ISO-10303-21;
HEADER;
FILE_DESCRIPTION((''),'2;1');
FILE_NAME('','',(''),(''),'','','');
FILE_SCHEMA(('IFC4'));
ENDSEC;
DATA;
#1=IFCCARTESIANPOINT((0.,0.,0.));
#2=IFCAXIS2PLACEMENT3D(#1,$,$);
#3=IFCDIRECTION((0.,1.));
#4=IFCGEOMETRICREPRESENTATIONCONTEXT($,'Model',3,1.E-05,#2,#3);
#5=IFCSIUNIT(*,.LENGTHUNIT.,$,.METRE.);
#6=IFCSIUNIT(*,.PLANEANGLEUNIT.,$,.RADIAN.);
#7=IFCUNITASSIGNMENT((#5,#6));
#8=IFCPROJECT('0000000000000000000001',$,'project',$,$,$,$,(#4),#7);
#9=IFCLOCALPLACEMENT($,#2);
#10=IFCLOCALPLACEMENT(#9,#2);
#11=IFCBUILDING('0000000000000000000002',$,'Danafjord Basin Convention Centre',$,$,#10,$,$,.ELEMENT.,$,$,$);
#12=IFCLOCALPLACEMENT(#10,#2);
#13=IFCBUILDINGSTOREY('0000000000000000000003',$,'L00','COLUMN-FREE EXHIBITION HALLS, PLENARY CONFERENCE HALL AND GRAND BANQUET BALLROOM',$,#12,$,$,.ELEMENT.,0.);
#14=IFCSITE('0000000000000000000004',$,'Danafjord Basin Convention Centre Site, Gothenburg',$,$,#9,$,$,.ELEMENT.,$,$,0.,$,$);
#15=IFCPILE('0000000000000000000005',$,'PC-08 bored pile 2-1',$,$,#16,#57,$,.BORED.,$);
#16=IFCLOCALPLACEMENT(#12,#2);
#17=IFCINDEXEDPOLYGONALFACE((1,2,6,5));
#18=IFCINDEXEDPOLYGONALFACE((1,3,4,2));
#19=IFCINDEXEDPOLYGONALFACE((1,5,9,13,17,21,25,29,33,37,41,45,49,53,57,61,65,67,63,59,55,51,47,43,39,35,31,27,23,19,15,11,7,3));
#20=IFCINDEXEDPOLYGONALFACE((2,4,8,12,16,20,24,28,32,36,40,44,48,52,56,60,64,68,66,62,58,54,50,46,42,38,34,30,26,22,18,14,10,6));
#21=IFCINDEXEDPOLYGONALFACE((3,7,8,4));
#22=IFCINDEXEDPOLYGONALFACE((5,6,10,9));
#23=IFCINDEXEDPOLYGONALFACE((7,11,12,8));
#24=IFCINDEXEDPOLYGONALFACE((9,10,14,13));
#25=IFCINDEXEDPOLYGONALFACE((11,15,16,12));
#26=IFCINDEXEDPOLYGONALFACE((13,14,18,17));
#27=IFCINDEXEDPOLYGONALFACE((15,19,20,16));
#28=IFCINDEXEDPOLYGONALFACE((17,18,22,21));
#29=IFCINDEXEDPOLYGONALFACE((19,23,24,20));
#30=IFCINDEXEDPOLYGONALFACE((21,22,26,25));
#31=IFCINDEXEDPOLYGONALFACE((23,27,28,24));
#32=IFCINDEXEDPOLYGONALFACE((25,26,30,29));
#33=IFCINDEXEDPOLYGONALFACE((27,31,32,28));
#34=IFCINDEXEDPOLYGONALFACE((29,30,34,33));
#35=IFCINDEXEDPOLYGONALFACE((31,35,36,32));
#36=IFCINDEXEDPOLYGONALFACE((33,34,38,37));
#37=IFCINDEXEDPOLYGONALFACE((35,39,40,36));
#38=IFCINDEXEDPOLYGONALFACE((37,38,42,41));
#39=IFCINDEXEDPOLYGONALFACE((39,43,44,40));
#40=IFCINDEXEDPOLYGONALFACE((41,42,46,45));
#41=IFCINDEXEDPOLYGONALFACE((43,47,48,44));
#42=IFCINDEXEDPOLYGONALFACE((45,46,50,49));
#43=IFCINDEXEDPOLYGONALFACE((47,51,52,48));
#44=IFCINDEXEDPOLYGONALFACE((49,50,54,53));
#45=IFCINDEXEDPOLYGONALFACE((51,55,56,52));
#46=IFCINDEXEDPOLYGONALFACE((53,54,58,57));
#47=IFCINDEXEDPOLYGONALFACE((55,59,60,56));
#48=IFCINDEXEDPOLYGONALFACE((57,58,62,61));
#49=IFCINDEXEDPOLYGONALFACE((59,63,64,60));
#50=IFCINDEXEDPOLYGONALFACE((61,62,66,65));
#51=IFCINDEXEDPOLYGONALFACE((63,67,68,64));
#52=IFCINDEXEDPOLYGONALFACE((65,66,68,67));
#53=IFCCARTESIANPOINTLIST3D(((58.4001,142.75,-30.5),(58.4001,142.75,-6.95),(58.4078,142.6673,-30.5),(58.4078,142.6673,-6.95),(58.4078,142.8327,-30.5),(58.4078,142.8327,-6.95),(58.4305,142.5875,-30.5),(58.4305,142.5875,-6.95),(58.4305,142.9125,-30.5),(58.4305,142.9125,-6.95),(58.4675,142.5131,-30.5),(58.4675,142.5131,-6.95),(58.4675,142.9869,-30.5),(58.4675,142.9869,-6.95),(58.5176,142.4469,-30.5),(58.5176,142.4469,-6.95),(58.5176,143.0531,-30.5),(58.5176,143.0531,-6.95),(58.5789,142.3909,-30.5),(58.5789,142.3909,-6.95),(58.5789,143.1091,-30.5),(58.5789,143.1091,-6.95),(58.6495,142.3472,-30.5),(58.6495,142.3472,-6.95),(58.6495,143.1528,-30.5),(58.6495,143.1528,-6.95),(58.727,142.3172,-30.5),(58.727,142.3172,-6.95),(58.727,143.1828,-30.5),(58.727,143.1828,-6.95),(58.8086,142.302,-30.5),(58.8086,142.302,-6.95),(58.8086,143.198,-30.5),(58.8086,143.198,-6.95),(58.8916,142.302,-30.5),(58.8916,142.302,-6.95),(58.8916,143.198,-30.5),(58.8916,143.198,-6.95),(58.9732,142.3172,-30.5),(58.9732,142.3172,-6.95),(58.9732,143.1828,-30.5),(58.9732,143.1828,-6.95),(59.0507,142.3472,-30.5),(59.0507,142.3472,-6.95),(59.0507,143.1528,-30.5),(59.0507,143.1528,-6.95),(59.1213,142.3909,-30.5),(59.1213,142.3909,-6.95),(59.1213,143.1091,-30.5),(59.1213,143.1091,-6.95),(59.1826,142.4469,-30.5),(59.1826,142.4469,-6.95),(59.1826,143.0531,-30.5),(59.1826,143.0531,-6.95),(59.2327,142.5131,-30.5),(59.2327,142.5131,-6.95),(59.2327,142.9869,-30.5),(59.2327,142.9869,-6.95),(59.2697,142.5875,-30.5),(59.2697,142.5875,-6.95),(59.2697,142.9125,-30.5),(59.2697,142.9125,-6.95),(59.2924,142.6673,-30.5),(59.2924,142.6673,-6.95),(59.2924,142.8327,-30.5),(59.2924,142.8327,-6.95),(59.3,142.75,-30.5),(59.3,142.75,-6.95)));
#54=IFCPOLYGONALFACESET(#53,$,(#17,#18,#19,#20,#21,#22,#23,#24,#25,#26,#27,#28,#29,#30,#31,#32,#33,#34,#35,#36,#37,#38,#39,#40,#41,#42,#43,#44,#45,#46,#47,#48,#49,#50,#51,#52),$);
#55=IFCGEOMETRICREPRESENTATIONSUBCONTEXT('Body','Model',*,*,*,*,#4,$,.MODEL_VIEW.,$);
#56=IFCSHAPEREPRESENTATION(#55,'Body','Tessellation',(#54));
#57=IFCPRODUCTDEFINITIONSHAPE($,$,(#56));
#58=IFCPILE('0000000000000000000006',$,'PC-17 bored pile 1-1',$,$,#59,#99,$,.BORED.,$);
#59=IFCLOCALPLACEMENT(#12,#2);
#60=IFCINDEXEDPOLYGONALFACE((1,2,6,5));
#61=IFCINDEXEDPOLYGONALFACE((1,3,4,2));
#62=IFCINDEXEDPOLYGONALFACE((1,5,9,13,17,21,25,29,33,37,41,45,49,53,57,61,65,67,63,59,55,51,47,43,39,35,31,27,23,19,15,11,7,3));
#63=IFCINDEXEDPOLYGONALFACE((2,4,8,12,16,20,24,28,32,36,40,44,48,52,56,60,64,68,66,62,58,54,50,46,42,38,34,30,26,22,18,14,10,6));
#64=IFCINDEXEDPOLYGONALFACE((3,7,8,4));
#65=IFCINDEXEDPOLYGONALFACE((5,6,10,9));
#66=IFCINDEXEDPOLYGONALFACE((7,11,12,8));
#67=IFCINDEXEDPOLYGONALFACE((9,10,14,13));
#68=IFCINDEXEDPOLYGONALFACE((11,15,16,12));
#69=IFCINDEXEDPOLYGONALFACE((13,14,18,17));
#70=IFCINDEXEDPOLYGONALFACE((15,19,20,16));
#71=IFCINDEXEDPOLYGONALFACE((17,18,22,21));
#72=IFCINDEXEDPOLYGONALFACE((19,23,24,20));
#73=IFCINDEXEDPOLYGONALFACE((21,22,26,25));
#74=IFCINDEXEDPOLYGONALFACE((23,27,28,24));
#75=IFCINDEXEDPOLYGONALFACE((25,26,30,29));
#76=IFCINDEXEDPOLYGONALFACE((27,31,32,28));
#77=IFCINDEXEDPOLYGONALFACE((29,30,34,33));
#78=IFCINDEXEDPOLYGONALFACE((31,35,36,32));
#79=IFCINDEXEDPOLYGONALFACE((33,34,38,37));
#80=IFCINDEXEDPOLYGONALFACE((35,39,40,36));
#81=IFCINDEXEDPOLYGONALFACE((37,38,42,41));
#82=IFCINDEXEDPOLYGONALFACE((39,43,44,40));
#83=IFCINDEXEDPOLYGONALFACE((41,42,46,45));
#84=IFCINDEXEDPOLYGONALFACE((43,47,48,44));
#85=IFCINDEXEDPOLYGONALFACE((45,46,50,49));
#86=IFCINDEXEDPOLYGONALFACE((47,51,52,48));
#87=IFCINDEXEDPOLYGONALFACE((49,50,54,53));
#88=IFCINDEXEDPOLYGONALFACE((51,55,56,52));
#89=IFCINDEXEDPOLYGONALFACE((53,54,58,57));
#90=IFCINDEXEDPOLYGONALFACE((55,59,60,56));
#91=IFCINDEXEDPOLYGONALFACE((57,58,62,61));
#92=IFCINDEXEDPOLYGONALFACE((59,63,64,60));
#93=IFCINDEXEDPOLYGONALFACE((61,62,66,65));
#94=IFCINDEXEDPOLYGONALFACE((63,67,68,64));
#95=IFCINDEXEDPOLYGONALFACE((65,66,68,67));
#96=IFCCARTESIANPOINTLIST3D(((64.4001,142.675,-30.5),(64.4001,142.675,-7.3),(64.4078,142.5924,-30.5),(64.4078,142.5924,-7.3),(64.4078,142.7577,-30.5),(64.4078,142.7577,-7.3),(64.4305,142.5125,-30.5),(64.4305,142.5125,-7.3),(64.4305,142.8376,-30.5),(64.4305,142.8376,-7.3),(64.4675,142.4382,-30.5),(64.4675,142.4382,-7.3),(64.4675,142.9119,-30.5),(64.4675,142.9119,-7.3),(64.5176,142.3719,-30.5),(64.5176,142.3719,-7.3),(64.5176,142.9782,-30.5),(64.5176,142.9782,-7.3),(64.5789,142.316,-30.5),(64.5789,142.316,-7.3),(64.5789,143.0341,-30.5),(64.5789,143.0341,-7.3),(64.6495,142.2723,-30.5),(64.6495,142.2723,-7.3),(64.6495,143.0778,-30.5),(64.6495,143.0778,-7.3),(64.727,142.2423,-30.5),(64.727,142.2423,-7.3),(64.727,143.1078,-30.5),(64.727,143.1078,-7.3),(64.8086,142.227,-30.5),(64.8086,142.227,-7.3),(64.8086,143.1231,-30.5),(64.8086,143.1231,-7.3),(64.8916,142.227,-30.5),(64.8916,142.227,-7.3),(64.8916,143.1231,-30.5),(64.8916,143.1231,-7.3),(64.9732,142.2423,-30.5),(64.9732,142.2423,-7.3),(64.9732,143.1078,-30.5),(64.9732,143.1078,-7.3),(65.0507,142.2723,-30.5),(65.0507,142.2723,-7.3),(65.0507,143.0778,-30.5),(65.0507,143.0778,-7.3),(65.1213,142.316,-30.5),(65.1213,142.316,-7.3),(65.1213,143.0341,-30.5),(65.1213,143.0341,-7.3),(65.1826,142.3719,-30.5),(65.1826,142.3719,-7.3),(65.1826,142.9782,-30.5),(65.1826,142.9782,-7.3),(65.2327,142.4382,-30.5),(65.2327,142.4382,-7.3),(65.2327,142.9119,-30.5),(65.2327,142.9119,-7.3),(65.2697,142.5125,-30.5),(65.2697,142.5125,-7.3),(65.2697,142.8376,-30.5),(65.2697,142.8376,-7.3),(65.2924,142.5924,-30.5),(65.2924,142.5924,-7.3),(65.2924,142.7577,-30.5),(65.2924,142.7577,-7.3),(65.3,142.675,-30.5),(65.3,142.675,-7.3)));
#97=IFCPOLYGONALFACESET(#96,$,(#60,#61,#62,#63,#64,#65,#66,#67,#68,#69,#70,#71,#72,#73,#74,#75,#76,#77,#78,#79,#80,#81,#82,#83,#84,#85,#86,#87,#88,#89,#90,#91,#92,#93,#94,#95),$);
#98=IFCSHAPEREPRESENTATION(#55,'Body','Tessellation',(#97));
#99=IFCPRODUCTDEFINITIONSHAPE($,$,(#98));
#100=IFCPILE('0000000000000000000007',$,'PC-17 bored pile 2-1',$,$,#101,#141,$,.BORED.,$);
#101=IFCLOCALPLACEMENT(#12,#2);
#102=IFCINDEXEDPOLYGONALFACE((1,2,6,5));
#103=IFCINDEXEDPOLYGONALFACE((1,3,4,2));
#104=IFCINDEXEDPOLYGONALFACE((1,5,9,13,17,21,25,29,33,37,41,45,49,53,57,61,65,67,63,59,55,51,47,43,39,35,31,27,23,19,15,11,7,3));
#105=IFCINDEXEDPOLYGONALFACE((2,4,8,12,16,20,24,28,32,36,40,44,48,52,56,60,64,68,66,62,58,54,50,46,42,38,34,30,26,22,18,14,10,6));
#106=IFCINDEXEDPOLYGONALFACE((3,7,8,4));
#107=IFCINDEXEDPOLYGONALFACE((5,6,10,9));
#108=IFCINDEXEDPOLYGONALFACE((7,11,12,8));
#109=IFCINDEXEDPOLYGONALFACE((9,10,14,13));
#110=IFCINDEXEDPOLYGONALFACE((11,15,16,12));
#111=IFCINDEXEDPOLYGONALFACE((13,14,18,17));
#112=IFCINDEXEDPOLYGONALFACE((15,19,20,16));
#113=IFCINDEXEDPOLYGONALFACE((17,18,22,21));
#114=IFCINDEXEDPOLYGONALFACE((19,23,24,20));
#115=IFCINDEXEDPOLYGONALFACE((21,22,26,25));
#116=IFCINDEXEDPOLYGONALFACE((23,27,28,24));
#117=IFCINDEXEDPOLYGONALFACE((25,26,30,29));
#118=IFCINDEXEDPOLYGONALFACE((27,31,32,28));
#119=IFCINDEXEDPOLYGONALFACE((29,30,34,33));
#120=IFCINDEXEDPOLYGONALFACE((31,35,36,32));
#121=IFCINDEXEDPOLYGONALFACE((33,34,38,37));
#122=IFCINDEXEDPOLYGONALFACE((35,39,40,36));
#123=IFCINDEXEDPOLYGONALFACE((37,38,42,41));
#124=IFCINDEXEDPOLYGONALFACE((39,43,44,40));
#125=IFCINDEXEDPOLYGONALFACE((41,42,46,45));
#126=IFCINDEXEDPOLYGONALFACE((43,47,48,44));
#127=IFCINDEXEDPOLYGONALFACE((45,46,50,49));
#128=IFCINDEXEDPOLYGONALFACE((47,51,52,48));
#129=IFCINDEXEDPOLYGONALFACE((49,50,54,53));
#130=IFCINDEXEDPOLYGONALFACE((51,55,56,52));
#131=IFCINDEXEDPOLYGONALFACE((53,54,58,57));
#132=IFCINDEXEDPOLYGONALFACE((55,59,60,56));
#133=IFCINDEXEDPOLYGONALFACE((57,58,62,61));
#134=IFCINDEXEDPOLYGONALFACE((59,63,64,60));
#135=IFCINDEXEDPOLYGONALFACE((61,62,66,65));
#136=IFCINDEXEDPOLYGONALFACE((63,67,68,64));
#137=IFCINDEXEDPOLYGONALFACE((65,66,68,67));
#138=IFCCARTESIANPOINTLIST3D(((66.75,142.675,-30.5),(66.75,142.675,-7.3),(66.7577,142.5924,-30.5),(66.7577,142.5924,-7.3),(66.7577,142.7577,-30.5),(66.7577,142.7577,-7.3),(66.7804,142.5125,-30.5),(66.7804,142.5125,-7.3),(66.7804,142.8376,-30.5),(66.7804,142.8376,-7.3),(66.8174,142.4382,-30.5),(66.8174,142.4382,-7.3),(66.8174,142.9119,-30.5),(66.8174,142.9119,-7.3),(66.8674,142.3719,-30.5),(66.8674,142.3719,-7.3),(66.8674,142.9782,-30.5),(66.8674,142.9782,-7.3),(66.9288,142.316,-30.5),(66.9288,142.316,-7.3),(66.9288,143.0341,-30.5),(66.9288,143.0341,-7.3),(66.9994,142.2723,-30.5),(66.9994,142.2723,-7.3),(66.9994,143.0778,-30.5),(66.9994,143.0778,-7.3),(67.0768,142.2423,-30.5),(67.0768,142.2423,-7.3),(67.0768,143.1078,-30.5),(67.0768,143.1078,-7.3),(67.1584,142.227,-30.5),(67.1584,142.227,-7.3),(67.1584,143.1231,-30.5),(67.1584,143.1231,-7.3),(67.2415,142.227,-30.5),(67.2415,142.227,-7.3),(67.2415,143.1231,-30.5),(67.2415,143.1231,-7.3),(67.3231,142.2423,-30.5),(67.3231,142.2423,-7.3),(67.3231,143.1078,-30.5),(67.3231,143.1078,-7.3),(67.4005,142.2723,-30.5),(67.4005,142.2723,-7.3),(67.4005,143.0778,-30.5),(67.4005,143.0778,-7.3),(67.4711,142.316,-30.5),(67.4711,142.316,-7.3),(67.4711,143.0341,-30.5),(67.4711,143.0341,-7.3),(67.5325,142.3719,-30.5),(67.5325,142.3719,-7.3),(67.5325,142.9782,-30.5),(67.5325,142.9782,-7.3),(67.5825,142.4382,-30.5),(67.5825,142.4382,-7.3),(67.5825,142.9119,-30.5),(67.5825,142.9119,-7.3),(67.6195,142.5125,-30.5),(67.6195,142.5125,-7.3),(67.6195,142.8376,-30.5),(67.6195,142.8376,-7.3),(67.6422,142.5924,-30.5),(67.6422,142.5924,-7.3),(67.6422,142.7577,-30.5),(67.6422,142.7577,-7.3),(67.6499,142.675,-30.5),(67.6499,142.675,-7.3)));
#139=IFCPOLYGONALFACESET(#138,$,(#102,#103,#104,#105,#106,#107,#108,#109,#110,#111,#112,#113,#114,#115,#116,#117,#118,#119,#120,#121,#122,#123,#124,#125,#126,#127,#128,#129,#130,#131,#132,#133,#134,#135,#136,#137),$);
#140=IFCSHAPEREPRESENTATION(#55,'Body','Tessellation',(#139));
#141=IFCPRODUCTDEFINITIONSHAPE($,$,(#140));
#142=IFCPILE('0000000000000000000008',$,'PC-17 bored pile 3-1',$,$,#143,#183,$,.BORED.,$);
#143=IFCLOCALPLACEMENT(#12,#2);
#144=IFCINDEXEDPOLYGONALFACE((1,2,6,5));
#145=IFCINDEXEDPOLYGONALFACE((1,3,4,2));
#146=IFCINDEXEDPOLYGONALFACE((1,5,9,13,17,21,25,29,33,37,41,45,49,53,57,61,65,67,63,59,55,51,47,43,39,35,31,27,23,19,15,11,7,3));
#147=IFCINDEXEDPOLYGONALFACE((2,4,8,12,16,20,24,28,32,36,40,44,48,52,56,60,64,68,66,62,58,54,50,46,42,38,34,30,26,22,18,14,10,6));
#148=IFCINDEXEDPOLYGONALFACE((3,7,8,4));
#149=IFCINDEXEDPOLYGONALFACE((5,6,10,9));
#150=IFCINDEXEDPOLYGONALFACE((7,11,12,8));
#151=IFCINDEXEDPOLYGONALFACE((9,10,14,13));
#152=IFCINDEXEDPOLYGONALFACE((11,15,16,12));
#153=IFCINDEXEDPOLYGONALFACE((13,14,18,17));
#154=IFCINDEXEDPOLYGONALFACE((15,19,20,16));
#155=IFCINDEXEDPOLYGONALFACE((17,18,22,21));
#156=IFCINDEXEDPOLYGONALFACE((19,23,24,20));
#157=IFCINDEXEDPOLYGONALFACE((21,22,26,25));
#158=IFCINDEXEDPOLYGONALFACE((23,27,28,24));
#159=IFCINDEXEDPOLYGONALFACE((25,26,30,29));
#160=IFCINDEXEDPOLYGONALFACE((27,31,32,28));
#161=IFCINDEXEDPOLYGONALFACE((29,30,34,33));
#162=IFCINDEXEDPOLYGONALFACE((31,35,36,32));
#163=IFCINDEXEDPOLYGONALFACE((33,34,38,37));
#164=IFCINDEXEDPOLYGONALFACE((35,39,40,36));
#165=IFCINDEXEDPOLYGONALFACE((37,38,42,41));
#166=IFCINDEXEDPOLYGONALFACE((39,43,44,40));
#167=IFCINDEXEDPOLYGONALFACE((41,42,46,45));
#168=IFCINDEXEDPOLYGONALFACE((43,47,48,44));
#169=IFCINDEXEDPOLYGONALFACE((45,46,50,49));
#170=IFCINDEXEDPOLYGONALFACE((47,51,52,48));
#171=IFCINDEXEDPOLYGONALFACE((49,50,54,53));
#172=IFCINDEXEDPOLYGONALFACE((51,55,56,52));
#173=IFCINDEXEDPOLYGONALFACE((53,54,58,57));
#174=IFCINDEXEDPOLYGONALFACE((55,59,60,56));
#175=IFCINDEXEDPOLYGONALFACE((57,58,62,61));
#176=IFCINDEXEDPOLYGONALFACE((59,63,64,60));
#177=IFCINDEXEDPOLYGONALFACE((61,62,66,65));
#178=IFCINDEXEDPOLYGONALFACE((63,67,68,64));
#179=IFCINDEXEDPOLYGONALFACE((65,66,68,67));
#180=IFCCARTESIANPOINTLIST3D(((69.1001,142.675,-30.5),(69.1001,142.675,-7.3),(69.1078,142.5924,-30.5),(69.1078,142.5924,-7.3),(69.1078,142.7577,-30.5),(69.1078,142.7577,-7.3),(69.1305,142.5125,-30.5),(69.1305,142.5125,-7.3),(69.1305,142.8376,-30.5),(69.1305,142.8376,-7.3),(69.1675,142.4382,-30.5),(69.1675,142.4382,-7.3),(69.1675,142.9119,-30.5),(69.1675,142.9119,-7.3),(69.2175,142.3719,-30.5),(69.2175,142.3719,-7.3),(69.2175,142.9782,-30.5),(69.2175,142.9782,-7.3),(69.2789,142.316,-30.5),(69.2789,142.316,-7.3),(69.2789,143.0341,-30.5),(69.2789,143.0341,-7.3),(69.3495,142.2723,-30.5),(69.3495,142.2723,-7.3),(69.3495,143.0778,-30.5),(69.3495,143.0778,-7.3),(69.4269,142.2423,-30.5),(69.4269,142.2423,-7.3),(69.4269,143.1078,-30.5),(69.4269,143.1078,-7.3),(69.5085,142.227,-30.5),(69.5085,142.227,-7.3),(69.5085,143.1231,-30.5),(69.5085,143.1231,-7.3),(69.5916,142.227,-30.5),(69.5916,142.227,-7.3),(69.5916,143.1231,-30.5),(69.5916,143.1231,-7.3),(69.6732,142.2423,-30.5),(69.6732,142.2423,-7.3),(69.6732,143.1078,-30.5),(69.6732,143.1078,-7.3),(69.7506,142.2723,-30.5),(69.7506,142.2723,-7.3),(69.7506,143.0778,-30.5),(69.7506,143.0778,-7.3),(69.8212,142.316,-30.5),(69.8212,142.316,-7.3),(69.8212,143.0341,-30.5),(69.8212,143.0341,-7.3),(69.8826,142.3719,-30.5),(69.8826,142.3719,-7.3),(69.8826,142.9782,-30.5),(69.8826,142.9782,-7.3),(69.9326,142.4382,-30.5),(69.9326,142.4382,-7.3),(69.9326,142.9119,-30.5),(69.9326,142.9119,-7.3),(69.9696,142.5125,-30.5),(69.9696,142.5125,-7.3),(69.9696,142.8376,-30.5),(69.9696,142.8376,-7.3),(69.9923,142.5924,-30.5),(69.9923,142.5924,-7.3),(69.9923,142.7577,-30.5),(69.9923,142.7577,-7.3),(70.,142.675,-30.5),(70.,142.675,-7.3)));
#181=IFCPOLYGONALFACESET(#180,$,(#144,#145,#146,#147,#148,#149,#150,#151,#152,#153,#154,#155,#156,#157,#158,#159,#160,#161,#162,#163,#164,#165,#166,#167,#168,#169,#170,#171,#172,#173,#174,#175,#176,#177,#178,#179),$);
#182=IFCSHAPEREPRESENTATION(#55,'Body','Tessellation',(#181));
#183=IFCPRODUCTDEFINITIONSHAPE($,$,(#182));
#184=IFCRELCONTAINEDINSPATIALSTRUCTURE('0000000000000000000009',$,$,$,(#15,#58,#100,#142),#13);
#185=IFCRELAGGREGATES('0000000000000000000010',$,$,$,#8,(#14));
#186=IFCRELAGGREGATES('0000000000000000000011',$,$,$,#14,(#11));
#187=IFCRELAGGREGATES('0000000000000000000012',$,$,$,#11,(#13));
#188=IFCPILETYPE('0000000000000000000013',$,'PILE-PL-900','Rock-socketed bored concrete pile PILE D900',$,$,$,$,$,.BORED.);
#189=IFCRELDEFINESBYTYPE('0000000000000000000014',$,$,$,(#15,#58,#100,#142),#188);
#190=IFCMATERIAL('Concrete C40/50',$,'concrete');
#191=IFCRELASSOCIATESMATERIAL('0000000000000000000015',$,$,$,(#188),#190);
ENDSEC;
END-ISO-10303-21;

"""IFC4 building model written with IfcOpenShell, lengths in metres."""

from ifc_helpers import new_model, si_unit, direction, frame, origin, origin_2d, place, context, subcontext, project, spatial, circle, extrude, material, material_profile, profile_set, type_object, element, save


model = new_model("IFC4")

# Units and contexts
model_context = context("Model", 3, precision=1e-05, world=origin(), true_north=direction((0.0, 1.0)))
body_context = subcontext(model_context, "Body", "Model", "MODEL_VIEW")
ifc_project = project(units=[si_unit("LENGTHUNIT", "METRE"), si_unit("PLANEANGLEUNIT", "RADIAN")], contexts=[model_context])

# Site, building, storey
site_placement = place(None, origin())
site = spatial("IfcSite", under=ifc_project, at=site_placement, Name="Danafjord Basin Convention Centre Site, Gothenburg", CompositionType="ELEMENT", RefElevation=0.0)
building_placement = place(site_placement, origin())
building = spatial("IfcBuilding", under=site, at=building_placement, Name="Danafjord Basin Convention Centre", CompositionType="ELEMENT")
storey_placement = place(building_placement, origin())
storey = spatial("IfcBuildingStorey", under=building, at=storey_placement, Name="L00", Description="COLUMN-FREE EXHIBITION HALLS, PLENARY CONFERENCE HALL AND GRAND BANQUET BALLROOM", CompositionType="ELEMENT", Elevation=0.0)

# Shared definitions
ifc_material_1 = material(Name="Concrete C40/50", Category="concrete")

# Piles
ifc_material_profile_1 = material_profile(ifc_material_1, circle(Radius=0.45, at=origin_2d()), Name="PILE D900")
ifc_profile_set_1 = profile_set([ifc_material_profile_1], Name="Concrete C40/50")
pile_type_1 = type_object("IfcPileType", Name="PILE-PL-900", Description="Rock-socketed bored concrete pile PILE D900", PredefinedType="BORED", material=ifc_profile_set_1)
for number, where, z_axis, x_axis, name in (
    (1, (58.8501, 142.75, -6.95), (0.0, 0.0, -1.0), (1.0, 0.0, 0.0), "PC-08 bored pile 2-1"),
):
    element("IfcPile", number, at=place(storey_placement, frame(where, z_axis=z_axis, x_axis=x_axis)), inside=storey, type_object=pile_type_1, Name=name, PredefinedType="BORED", context=body_context, shape_type="SweptSolid", body=[
        extrude(circle(Radius=0.45, at=origin_2d()), origin(), (0.0, 0.0, 1.0), 23.55),
    ])
for number, where, z_axis, x_axis, name in (
    (2, (64.8501, 142.675, -7.3), (0.0, 0.0, -1.0), (1.0, 0.0, 0.0), "PC-17 bored pile 1-1"),
    (3, (67.2, 142.675, -7.3), (0.0, 0.0, -1.0), (1.0, 0.0, 0.0), "PC-17 bored pile 2-1"),
    (4, (69.55, 142.675, -7.3), (0.0, 0.0, -1.0), (1.0, 0.0, 0.0), "PC-17 bored pile 3-1"),
):
    element("IfcPile", number, at=place(storey_placement, frame(where, z_axis=z_axis, x_axis=x_axis)), inside=storey, type_object=pile_type_1, Name=name, PredefinedType="BORED", context=body_context, shape_type="SweptSolid", body=[
        extrude(circle(Radius=0.45, at=origin_2d()), origin(), (0.0, 0.0, 1.0), 23.2),
    ])

save(model, "model.ifc")
